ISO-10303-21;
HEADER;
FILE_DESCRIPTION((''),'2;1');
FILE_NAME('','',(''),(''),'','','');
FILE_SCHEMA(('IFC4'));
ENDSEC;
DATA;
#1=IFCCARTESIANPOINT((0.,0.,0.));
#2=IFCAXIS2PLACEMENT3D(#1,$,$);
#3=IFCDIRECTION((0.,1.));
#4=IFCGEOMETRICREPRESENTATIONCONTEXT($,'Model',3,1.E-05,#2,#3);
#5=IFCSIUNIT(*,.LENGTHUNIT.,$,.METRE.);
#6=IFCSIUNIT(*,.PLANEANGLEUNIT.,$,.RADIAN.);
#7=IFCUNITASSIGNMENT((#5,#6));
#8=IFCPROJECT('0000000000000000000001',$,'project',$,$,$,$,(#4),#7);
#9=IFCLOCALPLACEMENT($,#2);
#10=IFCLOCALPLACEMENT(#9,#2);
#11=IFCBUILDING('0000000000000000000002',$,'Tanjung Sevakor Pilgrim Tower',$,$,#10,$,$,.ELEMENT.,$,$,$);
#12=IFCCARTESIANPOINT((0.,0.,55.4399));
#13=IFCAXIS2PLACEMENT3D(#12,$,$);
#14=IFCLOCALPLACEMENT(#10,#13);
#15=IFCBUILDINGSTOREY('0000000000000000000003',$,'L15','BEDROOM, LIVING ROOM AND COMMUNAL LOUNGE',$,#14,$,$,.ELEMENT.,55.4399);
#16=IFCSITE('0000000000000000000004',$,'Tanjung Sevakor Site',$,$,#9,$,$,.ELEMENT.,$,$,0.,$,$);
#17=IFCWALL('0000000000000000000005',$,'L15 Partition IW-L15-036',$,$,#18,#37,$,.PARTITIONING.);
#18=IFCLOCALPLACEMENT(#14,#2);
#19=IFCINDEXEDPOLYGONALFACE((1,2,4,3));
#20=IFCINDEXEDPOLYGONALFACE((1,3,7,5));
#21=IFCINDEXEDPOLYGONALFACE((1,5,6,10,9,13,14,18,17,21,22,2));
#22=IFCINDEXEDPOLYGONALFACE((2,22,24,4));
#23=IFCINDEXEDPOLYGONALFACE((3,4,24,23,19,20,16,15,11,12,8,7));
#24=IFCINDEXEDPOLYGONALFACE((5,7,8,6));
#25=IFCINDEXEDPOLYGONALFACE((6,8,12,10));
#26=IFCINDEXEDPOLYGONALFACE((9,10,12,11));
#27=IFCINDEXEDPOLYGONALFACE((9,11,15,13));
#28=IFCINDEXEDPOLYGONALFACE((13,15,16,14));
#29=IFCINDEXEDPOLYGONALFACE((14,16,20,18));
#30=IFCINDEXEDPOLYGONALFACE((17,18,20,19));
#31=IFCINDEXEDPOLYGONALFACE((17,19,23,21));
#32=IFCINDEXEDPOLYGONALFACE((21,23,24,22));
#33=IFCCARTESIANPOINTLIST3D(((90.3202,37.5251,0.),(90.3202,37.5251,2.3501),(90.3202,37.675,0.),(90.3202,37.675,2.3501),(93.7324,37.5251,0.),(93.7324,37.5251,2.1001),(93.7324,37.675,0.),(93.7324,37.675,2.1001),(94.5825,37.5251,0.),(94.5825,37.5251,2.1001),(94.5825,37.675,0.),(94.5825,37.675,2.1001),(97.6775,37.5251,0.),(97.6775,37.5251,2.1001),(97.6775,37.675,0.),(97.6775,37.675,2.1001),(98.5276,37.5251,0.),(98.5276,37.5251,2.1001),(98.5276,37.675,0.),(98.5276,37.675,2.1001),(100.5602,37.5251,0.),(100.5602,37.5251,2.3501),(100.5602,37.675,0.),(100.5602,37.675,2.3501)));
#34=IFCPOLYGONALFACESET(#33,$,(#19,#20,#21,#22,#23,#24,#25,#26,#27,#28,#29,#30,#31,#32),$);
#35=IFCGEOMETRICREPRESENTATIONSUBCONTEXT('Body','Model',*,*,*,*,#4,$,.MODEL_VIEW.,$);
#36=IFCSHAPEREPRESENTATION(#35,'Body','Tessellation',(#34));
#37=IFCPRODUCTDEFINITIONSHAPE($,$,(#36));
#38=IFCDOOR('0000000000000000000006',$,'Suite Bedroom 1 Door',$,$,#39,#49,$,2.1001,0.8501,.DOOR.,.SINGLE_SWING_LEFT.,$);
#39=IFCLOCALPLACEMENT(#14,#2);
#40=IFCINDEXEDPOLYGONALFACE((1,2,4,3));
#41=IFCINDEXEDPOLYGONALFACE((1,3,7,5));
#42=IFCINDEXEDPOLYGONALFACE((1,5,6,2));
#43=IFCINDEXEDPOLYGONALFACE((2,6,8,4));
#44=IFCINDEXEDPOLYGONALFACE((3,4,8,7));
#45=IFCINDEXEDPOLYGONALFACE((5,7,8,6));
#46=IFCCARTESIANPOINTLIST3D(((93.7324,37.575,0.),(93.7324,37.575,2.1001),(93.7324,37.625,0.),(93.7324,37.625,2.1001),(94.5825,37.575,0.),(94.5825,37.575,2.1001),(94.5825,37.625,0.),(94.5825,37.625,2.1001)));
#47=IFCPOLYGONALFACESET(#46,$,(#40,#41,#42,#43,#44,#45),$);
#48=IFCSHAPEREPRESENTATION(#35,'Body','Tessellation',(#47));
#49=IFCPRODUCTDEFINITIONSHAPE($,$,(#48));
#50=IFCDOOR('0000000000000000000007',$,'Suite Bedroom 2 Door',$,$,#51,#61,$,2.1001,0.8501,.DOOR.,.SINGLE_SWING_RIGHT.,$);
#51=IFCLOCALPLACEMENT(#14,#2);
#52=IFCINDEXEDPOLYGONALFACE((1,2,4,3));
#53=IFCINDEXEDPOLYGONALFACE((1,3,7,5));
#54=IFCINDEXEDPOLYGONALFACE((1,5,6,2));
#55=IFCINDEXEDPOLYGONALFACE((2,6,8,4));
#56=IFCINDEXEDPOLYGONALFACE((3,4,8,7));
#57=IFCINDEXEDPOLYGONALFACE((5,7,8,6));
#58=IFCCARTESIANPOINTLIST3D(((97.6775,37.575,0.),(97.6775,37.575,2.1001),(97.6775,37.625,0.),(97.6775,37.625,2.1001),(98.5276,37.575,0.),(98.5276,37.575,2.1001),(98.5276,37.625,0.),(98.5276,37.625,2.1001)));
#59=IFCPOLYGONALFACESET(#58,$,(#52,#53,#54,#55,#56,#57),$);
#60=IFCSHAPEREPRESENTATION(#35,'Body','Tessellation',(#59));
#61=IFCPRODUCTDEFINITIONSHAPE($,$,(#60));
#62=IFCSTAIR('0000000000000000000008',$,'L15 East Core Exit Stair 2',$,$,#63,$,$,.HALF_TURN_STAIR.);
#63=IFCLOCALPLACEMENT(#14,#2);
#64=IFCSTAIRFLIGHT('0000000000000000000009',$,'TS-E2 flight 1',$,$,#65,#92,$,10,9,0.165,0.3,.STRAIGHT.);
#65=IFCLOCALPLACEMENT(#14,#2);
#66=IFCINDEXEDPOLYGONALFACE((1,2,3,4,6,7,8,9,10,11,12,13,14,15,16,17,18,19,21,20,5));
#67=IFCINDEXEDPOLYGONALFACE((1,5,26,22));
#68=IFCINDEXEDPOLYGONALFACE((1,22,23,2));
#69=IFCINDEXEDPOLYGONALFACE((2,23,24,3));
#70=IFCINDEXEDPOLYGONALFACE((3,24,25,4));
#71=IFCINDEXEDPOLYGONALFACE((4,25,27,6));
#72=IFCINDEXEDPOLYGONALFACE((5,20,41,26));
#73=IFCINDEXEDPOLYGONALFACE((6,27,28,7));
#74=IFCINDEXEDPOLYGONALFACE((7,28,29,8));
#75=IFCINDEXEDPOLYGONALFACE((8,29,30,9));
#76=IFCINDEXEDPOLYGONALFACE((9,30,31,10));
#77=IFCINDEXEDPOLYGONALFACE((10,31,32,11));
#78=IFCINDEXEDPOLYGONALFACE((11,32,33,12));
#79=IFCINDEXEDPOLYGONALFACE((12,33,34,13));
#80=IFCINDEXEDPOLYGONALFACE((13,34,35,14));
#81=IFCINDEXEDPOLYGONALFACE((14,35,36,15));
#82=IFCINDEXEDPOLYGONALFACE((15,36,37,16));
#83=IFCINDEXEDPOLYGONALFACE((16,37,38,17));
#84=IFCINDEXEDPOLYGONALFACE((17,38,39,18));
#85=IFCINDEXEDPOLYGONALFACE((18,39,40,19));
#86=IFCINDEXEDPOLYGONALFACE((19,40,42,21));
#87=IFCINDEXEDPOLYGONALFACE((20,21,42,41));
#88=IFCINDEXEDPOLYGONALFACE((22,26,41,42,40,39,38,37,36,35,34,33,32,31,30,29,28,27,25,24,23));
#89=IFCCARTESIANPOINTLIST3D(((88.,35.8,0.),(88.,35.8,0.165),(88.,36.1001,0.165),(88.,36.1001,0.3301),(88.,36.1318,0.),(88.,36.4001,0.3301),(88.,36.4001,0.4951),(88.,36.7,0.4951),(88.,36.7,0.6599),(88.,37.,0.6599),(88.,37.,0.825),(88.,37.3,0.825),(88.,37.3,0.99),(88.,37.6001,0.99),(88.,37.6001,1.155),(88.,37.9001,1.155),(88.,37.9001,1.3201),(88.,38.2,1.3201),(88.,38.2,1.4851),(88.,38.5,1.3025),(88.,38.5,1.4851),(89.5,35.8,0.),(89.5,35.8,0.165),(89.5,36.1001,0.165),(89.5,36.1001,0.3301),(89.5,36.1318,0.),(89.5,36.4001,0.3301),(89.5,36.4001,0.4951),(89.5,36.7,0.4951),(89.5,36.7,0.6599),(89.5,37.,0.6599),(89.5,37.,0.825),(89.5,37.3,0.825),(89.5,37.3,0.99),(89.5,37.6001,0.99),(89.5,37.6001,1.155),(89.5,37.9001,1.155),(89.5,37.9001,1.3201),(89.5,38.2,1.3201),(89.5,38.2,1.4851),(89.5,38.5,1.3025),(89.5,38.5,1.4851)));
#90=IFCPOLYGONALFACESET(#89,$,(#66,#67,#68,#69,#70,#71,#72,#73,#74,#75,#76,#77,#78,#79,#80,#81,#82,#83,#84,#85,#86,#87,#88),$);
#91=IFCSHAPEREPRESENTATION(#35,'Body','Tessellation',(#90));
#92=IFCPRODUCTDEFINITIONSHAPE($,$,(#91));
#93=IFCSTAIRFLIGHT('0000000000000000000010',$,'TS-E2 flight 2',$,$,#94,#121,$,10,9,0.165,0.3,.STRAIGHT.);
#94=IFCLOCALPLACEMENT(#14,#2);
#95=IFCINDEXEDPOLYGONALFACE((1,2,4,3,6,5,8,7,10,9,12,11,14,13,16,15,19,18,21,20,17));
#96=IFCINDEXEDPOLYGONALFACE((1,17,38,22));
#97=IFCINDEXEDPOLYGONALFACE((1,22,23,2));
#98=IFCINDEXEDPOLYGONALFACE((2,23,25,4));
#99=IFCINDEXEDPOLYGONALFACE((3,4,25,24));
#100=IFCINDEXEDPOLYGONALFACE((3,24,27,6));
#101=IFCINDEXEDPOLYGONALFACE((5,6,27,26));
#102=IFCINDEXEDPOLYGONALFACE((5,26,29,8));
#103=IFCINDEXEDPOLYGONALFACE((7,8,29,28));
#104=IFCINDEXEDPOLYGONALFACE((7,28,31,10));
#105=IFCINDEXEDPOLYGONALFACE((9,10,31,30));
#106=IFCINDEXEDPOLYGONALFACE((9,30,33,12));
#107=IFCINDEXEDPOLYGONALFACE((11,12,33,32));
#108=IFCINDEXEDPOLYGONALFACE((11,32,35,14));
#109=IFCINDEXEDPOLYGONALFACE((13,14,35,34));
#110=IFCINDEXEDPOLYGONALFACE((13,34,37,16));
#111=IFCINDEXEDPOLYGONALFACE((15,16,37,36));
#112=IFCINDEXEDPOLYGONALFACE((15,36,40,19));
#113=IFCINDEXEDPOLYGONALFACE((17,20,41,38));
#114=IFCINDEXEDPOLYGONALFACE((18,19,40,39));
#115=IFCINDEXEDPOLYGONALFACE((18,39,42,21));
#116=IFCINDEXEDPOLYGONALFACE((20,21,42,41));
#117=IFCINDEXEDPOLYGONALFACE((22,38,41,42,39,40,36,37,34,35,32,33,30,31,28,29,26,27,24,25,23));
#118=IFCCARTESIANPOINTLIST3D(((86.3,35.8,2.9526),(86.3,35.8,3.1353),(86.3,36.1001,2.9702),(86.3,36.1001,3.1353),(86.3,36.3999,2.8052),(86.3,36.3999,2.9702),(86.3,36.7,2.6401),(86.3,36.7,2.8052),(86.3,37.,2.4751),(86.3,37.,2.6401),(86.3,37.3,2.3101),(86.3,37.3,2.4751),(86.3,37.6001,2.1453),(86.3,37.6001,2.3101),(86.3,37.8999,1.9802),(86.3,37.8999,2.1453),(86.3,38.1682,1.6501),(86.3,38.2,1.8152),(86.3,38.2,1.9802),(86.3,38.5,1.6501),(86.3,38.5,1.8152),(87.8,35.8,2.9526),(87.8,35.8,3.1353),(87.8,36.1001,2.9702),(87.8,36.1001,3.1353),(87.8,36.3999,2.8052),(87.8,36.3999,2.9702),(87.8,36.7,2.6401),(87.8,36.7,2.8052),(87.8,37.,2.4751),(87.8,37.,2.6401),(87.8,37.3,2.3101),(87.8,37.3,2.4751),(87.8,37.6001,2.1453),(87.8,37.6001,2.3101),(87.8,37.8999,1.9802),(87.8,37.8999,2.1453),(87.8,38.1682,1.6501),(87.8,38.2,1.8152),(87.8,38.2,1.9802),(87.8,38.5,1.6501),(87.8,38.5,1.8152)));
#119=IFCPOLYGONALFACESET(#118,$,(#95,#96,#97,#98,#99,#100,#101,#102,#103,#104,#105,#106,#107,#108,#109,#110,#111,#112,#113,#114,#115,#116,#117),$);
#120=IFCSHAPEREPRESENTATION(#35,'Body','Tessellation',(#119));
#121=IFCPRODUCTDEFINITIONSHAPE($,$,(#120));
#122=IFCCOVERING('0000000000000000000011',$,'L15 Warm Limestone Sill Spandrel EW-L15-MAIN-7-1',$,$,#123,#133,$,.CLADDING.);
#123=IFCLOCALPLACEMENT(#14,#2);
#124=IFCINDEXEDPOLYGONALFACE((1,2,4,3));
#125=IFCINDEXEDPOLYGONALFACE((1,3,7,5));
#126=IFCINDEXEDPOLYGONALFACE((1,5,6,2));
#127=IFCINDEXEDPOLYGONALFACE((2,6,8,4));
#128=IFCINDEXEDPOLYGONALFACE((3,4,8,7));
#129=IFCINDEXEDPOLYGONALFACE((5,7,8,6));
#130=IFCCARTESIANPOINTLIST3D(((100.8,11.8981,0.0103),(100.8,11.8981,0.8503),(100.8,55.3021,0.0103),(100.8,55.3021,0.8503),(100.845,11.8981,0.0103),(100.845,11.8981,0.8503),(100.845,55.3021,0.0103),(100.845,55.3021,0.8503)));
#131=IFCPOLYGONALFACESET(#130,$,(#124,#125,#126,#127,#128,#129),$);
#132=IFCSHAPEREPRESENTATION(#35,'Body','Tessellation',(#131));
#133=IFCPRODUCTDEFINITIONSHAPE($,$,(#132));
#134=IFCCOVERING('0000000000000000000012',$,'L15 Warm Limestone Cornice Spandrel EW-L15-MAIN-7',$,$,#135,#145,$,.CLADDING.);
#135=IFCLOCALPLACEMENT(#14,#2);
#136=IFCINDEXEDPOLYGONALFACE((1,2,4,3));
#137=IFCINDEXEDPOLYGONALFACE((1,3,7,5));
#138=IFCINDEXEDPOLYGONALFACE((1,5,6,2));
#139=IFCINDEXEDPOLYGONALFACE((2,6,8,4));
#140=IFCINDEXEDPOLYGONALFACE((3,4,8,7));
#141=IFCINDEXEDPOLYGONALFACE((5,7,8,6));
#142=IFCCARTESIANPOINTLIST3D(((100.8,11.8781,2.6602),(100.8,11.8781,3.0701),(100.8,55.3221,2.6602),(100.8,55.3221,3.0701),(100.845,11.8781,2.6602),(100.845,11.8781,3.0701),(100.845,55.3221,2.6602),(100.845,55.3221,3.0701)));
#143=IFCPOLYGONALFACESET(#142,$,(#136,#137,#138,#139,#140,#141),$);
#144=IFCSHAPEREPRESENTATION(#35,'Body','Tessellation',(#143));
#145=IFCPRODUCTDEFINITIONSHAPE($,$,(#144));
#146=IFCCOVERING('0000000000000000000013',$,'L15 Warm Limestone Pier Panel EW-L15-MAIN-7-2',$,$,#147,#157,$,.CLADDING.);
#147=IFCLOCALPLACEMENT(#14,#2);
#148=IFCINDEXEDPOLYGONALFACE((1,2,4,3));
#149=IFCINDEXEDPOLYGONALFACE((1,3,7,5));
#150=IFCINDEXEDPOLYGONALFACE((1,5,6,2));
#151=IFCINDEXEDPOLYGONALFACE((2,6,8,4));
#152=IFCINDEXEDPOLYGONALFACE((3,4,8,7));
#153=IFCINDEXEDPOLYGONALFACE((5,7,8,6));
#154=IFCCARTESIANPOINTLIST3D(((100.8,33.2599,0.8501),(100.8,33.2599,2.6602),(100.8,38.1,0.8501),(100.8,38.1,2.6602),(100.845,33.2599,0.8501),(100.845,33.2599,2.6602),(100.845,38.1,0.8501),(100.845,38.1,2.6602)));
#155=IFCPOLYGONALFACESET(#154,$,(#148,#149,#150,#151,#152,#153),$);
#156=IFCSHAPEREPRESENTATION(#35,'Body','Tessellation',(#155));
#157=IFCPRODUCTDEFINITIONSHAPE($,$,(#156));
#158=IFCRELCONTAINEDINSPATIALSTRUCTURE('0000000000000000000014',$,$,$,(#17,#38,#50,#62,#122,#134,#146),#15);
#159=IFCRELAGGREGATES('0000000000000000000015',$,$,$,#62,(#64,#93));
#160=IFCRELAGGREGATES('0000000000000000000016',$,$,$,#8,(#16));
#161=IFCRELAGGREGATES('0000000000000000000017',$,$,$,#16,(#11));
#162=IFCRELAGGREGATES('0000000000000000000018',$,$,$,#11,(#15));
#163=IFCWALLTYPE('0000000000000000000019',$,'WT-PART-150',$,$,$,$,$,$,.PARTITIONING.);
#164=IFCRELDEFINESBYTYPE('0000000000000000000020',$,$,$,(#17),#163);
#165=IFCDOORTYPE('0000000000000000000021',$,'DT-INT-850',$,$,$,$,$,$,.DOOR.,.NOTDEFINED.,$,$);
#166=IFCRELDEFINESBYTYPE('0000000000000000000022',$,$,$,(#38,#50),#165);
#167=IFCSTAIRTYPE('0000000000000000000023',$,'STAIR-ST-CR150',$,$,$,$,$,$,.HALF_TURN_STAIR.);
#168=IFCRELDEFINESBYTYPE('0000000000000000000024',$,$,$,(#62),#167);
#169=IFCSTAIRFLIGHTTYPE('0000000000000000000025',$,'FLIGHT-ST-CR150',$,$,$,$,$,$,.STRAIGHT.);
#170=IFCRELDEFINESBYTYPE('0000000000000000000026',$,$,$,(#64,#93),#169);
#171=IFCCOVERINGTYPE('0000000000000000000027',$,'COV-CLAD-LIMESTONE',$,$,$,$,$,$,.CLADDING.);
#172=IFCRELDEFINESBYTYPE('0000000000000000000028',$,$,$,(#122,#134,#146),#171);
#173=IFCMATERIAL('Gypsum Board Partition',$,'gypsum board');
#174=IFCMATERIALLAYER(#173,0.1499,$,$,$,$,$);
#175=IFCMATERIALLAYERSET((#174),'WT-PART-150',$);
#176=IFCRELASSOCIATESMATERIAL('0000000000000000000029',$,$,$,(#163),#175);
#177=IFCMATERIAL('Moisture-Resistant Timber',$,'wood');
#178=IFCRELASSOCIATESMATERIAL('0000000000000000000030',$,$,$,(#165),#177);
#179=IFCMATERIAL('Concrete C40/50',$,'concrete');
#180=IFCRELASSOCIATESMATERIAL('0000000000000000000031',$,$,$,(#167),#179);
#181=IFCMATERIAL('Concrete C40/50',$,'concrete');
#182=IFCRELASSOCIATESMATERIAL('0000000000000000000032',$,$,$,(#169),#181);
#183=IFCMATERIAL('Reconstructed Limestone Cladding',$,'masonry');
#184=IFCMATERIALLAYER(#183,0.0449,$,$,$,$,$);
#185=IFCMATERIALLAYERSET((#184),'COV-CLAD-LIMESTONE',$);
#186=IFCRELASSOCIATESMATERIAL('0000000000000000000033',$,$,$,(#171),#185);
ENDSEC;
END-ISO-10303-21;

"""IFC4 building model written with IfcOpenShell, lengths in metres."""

from ifc_helpers import new_model, si_unit, direction, frame, frame_2d, origin, origin_2d, place, context, subcontext, project, spatial, polyline, rectangle, outline, extrude, material, layer, layer_set, type_object, element, fill, aggregate, save


model = new_model("IFC4")

# Units and contexts
model_context = context("Model", 3, precision=1e-05, world=origin(), true_north=direction((0.0, 1.0)))
body_context = subcontext(model_context, "Body", "Model", "MODEL_VIEW")
ifc_project = project(units=[si_unit("LENGTHUNIT", "METRE"), si_unit("PLANEANGLEUNIT", "RADIAN")], contexts=[model_context])

# Site, building, storey
site_placement = place(None, origin())
site = spatial("IfcSite", under=ifc_project, at=site_placement, Name="Tanjung Sevakor Site", CompositionType="ELEMENT", RefElevation=0.0)
building_placement = place(site_placement, origin())
building = spatial("IfcBuilding", under=site, at=building_placement, Name="Tanjung Sevakor Pilgrim Tower", CompositionType="ELEMENT")
storey_placement = place(building_placement, frame((0.0, 0.0, 55.4399)))
storey = spatial("IfcBuildingStorey", under=building, at=storey_placement, Name="L15", Description="BEDROOM, LIVING ROOM AND COMMUNAL LOUNGE", CompositionType="ELEMENT", Elevation=55.4399)

# Shared definitions
ifc_material_1 = material(Name="Gypsum Board Partition", Category="gypsum board")
ifc_layer_1 = layer(ifc_material_1, 0.1499)
ifc_layer_set_1 = layer_set([ifc_layer_1], Name="WT-PART-150")
wall_type_1 = type_object("IfcWallType", Name="WT-PART-150", PredefinedType="PARTITIONING", material=ifc_layer_set_1)

# Wall, openings, doors
wall_1_placement = place(storey_placement, frame((90.3201, 37.6001, 0.0), z_axis=(0.0, 0.0, 1.0), x_axis=(1.0, 0.0, 0.0)))
wall_1 = element("IfcWall", 1, at=wall_1_placement, inside=storey, type_object=wall_type_1, Name="L15 Partition IW-L15-036", PredefinedType="PARTITIONING", context=body_context, shape_type="SweptSolid", body=[
    extrude(rectangle(XDim=10.24, YDim=0.1499, at=frame_2d((5.1201, 0.0))), origin(), (0.0, 0.0, 1.0), 2.3501),
])
opening_1_placement = place(wall_1_placement, frame((3.4124, 0.0, 0.0)))
opening_1 = element("IfcOpeningElement", 2, at=opening_1_placement, cuts=wall_1, PredefinedType="OPENING", context=body_context, shape_type="SweptSolid", body=[
    extrude(rectangle(XDim=0.8501, YDim=2.1001, at=frame_2d((0.425, 1.05))), frame((0.0, 0.085, 0.0), z_axis=(0.0, -1.0, 0.0), x_axis=(1.0, 0.0, 0.0)), (0.0, 0.0, 1.0), 0.1699),
])
opening_2_placement = place(wall_1_placement, frame((7.3574, 0.0, 0.0)))
opening_2 = element("IfcOpeningElement", 3, at=opening_2_placement, cuts=wall_1, PredefinedType="OPENING", context=body_context, shape_type="SweptSolid", body=[
    extrude(rectangle(XDim=0.8501, YDim=2.1001, at=frame_2d((0.425, 1.05))), frame((0.0, 0.085, 0.0), z_axis=(0.0, -1.0, 0.0), x_axis=(1.0, 0.0, 0.0)), (0.0, 0.0, 1.0), 0.1699),
])
ifc_material_2 = material(Name="Moisture-Resistant Timber", Category="wood")
door_type = type_object("IfcDoorType", Name="DT-INT-850", OperationType="NOTDEFINED", PredefinedType="DOOR", material=ifc_material_2)
door_1_placement = place(opening_1_placement, origin())
door_1 = element("IfcDoor", 4, at=door_1_placement, inside=storey, type_object=door_type, Name="Suite Bedroom 1 Door", OperationType="SINGLE_SWING_LEFT", OverallHeight=2.1001, OverallWidth=0.8501, PredefinedType="DOOR", context=body_context, shape_type="SweptSolid", body=[
    extrude(rectangle(XDim=0.8501, YDim=2.1001, at=frame_2d((0.425, 1.05))), frame((0.0, 0.0249, 0.0), z_axis=(0.0, -1.0, 0.0), x_axis=(1.0, 0.0, 0.0)), (0.0, 0.0, 1.0), 0.05),
])
fill(opening_1, door_1)
door_2_placement = place(opening_2_placement, origin())
door_2 = element("IfcDoor", 5, at=door_2_placement, inside=storey, type_object=door_type, Name="Suite Bedroom 2 Door", OperationType="SINGLE_SWING_RIGHT", OverallHeight=2.1001, OverallWidth=0.8501, PredefinedType="DOOR", context=body_context, shape_type="SweptSolid", body=[
    extrude(rectangle(XDim=0.8501, YDim=2.1001, at=frame_2d((0.425, 1.05))), frame((0.0, 0.0249, 0.0), z_axis=(0.0, -1.0, 0.0), x_axis=(1.0, 0.0, 0.0)), (0.0, 0.0, 1.0), 0.05),
])
fill(opening_2, door_2)

# Stair, stair flights
ifc_material_3 = material(Name="Concrete C40/50", Category="concrete")
stair_type = type_object("IfcStairType", Name="STAIR-ST-CR150", PredefinedType="HALF_TURN_STAIR", material=ifc_material_3)
stair_placement = place(storey_placement, origin())
stair = element("IfcStair", 6, at=stair_placement, inside=storey, type_object=stair_type, Name="L15 East Core Exit Stair 2", PredefinedType="HALF_TURN_STAIR")
ifc_material_4 = material(Name="Concrete C40/50", Category="concrete")
stair_flight_type = type_object("IfcStairFlightType", Name="FLIGHT-ST-CR150", PredefinedType="STRAIGHT", material=ifc_material_4)
stair_flight_1_placement = place(storey_placement, frame((88.75, 35.8, 0.0), z_axis=(0.0, 0.0, 1.0), x_axis=(0.0, 1.0, 0.0)))
stair_flight_1 = element("IfcStairFlight", 7, at=stair_flight_1_placement, type_object=stair_flight_type, Name="TS-E2 flight 1", NumberOfRisers=10, NumberOfTreads=9, PredefinedType="STRAIGHT", RiserHeight=0.165, TreadLength=0.3, context=body_context, shape_type="SweptSolid", body=[
    extrude(outline(polyline([(0.0, 0.0), (0.0, 0.165), (0.3, 0.165), (0.3, 0.3301), (0.6001, 0.3301), (0.6001, 0.4951), (0.8999, 0.4951), (0.8999, 0.6599), (1.2, 0.6599), (1.2, 0.825), (1.5, 0.825), (1.5, 0.99), (1.8, 0.99), (1.8, 1.155), (2.1001, 1.155), (2.1001, 1.3201), (2.3999, 1.3201), (2.3999, 1.4851), (2.7, 1.4851), (2.7, 1.6499), (2.7, 1.3025), (0.3318, 0.0), (0.0, 0.0)])), frame((0.0, 0.75, 0.0), z_axis=(0.0, -1.0, 0.0), x_axis=(1.0, 0.0, 0.0)), (0.0, 0.0, 1.0), 1.5),
])
stair_flight_2_placement = place(storey_placement, frame((87.05, 38.5, 1.6501), z_axis=(0.0, 0.0, 1.0), x_axis=(0.0, -1.0, 0.0)))
stair_flight_2 = element("IfcStairFlight", 8, at=stair_flight_2_placement, type_object=stair_flight_type, Name="TS-E2 flight 2", NumberOfRisers=10, NumberOfTreads=9, PredefinedType="STRAIGHT", RiserHeight=0.165, TreadLength=0.3, context=body_context, shape_type="SweptSolid", body=[
    extrude(outline(polyline([(0.0, 0.0), (0.0, 0.165), (0.3, 0.165), (0.3, 0.3301), (0.6001, 0.3301), (0.6001, 0.4951), (0.8999, 0.4951), (0.8999, 0.6599), (1.2, 0.6599), (1.2, 0.825), (1.5, 0.825), (1.5, 0.99), (1.8, 0.99), (1.8, 1.155), (2.1001, 1.155), (2.1001, 1.3201), (2.3999, 1.3201), (2.3999, 1.4851), (2.7, 1.4851), (2.7, 1.6499), (2.7, 1.3025), (0.3318, 0.0), (0.0, 0.0)])), frame((0.0, 0.75, 0.0), z_axis=(0.0, -1.0, 0.0), x_axis=(1.0, 0.0, 0.0)), (0.0, 0.0, 1.0), 1.5),
])
aggregate(stair, [stair_flight_1, stair_flight_2])

# Coverings
ifc_material_5 = material(Name="Reconstructed Limestone Cladding", Category="masonry")
ifc_layer_2 = layer(ifc_material_5, 0.0449)
ifc_layer_set_2 = layer_set([ifc_layer_2], Name="COV-CLAD-LIMESTONE")
covering_type = type_object("IfcCoveringType", Name="COV-CLAD-LIMESTONE", PredefinedType="CLADDING", material=ifc_layer_set_2)
covering_1_placement = place(storey_placement, frame((100.8225, 33.6001, 0.0103), z_axis=(0.0, 0.0, 1.0), x_axis=(0.0, 1.0, 0.0)))
element("IfcCovering", 9, at=covering_1_placement, inside=storey, type_object=covering_type, Name="L15 Warm Limestone Sill Spandrel EW-L15-MAIN-7-1", PredefinedType="CLADDING", context=body_context, shape_type="SweptSolid", body=[
    extrude(rectangle(XDim=43.4041, YDim=0.0449, at=origin_2d()), origin(), (0.0, 0.0, 1.0), 0.8401),
])
covering_2_placement = place(storey_placement, frame((100.8225, 33.6001, 2.6602), z_axis=(0.0, 0.0, 1.0), x_axis=(0.0, 1.0, 0.0)))
element("IfcCovering", 10, at=covering_2_placement, inside=storey, type_object=covering_type, Name="L15 Warm Limestone Cornice Spandrel EW-L15-MAIN-7", PredefinedType="CLADDING", context=body_context, shape_type="SweptSolid", body=[
    extrude(rectangle(XDim=43.4441, YDim=0.0449, at=origin_2d()), origin(), (0.0, 0.0, 1.0), 0.4099),
])
covering_3_placement = place(storey_placement, frame((100.8225, 35.6799, 0.8501), z_axis=(0.0, 0.0, 1.0), x_axis=(0.0, 1.0, 0.0)))
element("IfcCovering", 11, at=covering_3_placement, inside=storey, type_object=covering_type, Name="L15 Warm Limestone Pier Panel EW-L15-MAIN-7-2", PredefinedType="CLADDING", context=body_context, shape_type="SweptSolid", body=[
    extrude(rectangle(XDim=4.8401, YDim=0.0449, at=origin_2d()), origin(), (0.0, 0.0, 1.0), 1.8101),
])

save(model, "model.ifc")
